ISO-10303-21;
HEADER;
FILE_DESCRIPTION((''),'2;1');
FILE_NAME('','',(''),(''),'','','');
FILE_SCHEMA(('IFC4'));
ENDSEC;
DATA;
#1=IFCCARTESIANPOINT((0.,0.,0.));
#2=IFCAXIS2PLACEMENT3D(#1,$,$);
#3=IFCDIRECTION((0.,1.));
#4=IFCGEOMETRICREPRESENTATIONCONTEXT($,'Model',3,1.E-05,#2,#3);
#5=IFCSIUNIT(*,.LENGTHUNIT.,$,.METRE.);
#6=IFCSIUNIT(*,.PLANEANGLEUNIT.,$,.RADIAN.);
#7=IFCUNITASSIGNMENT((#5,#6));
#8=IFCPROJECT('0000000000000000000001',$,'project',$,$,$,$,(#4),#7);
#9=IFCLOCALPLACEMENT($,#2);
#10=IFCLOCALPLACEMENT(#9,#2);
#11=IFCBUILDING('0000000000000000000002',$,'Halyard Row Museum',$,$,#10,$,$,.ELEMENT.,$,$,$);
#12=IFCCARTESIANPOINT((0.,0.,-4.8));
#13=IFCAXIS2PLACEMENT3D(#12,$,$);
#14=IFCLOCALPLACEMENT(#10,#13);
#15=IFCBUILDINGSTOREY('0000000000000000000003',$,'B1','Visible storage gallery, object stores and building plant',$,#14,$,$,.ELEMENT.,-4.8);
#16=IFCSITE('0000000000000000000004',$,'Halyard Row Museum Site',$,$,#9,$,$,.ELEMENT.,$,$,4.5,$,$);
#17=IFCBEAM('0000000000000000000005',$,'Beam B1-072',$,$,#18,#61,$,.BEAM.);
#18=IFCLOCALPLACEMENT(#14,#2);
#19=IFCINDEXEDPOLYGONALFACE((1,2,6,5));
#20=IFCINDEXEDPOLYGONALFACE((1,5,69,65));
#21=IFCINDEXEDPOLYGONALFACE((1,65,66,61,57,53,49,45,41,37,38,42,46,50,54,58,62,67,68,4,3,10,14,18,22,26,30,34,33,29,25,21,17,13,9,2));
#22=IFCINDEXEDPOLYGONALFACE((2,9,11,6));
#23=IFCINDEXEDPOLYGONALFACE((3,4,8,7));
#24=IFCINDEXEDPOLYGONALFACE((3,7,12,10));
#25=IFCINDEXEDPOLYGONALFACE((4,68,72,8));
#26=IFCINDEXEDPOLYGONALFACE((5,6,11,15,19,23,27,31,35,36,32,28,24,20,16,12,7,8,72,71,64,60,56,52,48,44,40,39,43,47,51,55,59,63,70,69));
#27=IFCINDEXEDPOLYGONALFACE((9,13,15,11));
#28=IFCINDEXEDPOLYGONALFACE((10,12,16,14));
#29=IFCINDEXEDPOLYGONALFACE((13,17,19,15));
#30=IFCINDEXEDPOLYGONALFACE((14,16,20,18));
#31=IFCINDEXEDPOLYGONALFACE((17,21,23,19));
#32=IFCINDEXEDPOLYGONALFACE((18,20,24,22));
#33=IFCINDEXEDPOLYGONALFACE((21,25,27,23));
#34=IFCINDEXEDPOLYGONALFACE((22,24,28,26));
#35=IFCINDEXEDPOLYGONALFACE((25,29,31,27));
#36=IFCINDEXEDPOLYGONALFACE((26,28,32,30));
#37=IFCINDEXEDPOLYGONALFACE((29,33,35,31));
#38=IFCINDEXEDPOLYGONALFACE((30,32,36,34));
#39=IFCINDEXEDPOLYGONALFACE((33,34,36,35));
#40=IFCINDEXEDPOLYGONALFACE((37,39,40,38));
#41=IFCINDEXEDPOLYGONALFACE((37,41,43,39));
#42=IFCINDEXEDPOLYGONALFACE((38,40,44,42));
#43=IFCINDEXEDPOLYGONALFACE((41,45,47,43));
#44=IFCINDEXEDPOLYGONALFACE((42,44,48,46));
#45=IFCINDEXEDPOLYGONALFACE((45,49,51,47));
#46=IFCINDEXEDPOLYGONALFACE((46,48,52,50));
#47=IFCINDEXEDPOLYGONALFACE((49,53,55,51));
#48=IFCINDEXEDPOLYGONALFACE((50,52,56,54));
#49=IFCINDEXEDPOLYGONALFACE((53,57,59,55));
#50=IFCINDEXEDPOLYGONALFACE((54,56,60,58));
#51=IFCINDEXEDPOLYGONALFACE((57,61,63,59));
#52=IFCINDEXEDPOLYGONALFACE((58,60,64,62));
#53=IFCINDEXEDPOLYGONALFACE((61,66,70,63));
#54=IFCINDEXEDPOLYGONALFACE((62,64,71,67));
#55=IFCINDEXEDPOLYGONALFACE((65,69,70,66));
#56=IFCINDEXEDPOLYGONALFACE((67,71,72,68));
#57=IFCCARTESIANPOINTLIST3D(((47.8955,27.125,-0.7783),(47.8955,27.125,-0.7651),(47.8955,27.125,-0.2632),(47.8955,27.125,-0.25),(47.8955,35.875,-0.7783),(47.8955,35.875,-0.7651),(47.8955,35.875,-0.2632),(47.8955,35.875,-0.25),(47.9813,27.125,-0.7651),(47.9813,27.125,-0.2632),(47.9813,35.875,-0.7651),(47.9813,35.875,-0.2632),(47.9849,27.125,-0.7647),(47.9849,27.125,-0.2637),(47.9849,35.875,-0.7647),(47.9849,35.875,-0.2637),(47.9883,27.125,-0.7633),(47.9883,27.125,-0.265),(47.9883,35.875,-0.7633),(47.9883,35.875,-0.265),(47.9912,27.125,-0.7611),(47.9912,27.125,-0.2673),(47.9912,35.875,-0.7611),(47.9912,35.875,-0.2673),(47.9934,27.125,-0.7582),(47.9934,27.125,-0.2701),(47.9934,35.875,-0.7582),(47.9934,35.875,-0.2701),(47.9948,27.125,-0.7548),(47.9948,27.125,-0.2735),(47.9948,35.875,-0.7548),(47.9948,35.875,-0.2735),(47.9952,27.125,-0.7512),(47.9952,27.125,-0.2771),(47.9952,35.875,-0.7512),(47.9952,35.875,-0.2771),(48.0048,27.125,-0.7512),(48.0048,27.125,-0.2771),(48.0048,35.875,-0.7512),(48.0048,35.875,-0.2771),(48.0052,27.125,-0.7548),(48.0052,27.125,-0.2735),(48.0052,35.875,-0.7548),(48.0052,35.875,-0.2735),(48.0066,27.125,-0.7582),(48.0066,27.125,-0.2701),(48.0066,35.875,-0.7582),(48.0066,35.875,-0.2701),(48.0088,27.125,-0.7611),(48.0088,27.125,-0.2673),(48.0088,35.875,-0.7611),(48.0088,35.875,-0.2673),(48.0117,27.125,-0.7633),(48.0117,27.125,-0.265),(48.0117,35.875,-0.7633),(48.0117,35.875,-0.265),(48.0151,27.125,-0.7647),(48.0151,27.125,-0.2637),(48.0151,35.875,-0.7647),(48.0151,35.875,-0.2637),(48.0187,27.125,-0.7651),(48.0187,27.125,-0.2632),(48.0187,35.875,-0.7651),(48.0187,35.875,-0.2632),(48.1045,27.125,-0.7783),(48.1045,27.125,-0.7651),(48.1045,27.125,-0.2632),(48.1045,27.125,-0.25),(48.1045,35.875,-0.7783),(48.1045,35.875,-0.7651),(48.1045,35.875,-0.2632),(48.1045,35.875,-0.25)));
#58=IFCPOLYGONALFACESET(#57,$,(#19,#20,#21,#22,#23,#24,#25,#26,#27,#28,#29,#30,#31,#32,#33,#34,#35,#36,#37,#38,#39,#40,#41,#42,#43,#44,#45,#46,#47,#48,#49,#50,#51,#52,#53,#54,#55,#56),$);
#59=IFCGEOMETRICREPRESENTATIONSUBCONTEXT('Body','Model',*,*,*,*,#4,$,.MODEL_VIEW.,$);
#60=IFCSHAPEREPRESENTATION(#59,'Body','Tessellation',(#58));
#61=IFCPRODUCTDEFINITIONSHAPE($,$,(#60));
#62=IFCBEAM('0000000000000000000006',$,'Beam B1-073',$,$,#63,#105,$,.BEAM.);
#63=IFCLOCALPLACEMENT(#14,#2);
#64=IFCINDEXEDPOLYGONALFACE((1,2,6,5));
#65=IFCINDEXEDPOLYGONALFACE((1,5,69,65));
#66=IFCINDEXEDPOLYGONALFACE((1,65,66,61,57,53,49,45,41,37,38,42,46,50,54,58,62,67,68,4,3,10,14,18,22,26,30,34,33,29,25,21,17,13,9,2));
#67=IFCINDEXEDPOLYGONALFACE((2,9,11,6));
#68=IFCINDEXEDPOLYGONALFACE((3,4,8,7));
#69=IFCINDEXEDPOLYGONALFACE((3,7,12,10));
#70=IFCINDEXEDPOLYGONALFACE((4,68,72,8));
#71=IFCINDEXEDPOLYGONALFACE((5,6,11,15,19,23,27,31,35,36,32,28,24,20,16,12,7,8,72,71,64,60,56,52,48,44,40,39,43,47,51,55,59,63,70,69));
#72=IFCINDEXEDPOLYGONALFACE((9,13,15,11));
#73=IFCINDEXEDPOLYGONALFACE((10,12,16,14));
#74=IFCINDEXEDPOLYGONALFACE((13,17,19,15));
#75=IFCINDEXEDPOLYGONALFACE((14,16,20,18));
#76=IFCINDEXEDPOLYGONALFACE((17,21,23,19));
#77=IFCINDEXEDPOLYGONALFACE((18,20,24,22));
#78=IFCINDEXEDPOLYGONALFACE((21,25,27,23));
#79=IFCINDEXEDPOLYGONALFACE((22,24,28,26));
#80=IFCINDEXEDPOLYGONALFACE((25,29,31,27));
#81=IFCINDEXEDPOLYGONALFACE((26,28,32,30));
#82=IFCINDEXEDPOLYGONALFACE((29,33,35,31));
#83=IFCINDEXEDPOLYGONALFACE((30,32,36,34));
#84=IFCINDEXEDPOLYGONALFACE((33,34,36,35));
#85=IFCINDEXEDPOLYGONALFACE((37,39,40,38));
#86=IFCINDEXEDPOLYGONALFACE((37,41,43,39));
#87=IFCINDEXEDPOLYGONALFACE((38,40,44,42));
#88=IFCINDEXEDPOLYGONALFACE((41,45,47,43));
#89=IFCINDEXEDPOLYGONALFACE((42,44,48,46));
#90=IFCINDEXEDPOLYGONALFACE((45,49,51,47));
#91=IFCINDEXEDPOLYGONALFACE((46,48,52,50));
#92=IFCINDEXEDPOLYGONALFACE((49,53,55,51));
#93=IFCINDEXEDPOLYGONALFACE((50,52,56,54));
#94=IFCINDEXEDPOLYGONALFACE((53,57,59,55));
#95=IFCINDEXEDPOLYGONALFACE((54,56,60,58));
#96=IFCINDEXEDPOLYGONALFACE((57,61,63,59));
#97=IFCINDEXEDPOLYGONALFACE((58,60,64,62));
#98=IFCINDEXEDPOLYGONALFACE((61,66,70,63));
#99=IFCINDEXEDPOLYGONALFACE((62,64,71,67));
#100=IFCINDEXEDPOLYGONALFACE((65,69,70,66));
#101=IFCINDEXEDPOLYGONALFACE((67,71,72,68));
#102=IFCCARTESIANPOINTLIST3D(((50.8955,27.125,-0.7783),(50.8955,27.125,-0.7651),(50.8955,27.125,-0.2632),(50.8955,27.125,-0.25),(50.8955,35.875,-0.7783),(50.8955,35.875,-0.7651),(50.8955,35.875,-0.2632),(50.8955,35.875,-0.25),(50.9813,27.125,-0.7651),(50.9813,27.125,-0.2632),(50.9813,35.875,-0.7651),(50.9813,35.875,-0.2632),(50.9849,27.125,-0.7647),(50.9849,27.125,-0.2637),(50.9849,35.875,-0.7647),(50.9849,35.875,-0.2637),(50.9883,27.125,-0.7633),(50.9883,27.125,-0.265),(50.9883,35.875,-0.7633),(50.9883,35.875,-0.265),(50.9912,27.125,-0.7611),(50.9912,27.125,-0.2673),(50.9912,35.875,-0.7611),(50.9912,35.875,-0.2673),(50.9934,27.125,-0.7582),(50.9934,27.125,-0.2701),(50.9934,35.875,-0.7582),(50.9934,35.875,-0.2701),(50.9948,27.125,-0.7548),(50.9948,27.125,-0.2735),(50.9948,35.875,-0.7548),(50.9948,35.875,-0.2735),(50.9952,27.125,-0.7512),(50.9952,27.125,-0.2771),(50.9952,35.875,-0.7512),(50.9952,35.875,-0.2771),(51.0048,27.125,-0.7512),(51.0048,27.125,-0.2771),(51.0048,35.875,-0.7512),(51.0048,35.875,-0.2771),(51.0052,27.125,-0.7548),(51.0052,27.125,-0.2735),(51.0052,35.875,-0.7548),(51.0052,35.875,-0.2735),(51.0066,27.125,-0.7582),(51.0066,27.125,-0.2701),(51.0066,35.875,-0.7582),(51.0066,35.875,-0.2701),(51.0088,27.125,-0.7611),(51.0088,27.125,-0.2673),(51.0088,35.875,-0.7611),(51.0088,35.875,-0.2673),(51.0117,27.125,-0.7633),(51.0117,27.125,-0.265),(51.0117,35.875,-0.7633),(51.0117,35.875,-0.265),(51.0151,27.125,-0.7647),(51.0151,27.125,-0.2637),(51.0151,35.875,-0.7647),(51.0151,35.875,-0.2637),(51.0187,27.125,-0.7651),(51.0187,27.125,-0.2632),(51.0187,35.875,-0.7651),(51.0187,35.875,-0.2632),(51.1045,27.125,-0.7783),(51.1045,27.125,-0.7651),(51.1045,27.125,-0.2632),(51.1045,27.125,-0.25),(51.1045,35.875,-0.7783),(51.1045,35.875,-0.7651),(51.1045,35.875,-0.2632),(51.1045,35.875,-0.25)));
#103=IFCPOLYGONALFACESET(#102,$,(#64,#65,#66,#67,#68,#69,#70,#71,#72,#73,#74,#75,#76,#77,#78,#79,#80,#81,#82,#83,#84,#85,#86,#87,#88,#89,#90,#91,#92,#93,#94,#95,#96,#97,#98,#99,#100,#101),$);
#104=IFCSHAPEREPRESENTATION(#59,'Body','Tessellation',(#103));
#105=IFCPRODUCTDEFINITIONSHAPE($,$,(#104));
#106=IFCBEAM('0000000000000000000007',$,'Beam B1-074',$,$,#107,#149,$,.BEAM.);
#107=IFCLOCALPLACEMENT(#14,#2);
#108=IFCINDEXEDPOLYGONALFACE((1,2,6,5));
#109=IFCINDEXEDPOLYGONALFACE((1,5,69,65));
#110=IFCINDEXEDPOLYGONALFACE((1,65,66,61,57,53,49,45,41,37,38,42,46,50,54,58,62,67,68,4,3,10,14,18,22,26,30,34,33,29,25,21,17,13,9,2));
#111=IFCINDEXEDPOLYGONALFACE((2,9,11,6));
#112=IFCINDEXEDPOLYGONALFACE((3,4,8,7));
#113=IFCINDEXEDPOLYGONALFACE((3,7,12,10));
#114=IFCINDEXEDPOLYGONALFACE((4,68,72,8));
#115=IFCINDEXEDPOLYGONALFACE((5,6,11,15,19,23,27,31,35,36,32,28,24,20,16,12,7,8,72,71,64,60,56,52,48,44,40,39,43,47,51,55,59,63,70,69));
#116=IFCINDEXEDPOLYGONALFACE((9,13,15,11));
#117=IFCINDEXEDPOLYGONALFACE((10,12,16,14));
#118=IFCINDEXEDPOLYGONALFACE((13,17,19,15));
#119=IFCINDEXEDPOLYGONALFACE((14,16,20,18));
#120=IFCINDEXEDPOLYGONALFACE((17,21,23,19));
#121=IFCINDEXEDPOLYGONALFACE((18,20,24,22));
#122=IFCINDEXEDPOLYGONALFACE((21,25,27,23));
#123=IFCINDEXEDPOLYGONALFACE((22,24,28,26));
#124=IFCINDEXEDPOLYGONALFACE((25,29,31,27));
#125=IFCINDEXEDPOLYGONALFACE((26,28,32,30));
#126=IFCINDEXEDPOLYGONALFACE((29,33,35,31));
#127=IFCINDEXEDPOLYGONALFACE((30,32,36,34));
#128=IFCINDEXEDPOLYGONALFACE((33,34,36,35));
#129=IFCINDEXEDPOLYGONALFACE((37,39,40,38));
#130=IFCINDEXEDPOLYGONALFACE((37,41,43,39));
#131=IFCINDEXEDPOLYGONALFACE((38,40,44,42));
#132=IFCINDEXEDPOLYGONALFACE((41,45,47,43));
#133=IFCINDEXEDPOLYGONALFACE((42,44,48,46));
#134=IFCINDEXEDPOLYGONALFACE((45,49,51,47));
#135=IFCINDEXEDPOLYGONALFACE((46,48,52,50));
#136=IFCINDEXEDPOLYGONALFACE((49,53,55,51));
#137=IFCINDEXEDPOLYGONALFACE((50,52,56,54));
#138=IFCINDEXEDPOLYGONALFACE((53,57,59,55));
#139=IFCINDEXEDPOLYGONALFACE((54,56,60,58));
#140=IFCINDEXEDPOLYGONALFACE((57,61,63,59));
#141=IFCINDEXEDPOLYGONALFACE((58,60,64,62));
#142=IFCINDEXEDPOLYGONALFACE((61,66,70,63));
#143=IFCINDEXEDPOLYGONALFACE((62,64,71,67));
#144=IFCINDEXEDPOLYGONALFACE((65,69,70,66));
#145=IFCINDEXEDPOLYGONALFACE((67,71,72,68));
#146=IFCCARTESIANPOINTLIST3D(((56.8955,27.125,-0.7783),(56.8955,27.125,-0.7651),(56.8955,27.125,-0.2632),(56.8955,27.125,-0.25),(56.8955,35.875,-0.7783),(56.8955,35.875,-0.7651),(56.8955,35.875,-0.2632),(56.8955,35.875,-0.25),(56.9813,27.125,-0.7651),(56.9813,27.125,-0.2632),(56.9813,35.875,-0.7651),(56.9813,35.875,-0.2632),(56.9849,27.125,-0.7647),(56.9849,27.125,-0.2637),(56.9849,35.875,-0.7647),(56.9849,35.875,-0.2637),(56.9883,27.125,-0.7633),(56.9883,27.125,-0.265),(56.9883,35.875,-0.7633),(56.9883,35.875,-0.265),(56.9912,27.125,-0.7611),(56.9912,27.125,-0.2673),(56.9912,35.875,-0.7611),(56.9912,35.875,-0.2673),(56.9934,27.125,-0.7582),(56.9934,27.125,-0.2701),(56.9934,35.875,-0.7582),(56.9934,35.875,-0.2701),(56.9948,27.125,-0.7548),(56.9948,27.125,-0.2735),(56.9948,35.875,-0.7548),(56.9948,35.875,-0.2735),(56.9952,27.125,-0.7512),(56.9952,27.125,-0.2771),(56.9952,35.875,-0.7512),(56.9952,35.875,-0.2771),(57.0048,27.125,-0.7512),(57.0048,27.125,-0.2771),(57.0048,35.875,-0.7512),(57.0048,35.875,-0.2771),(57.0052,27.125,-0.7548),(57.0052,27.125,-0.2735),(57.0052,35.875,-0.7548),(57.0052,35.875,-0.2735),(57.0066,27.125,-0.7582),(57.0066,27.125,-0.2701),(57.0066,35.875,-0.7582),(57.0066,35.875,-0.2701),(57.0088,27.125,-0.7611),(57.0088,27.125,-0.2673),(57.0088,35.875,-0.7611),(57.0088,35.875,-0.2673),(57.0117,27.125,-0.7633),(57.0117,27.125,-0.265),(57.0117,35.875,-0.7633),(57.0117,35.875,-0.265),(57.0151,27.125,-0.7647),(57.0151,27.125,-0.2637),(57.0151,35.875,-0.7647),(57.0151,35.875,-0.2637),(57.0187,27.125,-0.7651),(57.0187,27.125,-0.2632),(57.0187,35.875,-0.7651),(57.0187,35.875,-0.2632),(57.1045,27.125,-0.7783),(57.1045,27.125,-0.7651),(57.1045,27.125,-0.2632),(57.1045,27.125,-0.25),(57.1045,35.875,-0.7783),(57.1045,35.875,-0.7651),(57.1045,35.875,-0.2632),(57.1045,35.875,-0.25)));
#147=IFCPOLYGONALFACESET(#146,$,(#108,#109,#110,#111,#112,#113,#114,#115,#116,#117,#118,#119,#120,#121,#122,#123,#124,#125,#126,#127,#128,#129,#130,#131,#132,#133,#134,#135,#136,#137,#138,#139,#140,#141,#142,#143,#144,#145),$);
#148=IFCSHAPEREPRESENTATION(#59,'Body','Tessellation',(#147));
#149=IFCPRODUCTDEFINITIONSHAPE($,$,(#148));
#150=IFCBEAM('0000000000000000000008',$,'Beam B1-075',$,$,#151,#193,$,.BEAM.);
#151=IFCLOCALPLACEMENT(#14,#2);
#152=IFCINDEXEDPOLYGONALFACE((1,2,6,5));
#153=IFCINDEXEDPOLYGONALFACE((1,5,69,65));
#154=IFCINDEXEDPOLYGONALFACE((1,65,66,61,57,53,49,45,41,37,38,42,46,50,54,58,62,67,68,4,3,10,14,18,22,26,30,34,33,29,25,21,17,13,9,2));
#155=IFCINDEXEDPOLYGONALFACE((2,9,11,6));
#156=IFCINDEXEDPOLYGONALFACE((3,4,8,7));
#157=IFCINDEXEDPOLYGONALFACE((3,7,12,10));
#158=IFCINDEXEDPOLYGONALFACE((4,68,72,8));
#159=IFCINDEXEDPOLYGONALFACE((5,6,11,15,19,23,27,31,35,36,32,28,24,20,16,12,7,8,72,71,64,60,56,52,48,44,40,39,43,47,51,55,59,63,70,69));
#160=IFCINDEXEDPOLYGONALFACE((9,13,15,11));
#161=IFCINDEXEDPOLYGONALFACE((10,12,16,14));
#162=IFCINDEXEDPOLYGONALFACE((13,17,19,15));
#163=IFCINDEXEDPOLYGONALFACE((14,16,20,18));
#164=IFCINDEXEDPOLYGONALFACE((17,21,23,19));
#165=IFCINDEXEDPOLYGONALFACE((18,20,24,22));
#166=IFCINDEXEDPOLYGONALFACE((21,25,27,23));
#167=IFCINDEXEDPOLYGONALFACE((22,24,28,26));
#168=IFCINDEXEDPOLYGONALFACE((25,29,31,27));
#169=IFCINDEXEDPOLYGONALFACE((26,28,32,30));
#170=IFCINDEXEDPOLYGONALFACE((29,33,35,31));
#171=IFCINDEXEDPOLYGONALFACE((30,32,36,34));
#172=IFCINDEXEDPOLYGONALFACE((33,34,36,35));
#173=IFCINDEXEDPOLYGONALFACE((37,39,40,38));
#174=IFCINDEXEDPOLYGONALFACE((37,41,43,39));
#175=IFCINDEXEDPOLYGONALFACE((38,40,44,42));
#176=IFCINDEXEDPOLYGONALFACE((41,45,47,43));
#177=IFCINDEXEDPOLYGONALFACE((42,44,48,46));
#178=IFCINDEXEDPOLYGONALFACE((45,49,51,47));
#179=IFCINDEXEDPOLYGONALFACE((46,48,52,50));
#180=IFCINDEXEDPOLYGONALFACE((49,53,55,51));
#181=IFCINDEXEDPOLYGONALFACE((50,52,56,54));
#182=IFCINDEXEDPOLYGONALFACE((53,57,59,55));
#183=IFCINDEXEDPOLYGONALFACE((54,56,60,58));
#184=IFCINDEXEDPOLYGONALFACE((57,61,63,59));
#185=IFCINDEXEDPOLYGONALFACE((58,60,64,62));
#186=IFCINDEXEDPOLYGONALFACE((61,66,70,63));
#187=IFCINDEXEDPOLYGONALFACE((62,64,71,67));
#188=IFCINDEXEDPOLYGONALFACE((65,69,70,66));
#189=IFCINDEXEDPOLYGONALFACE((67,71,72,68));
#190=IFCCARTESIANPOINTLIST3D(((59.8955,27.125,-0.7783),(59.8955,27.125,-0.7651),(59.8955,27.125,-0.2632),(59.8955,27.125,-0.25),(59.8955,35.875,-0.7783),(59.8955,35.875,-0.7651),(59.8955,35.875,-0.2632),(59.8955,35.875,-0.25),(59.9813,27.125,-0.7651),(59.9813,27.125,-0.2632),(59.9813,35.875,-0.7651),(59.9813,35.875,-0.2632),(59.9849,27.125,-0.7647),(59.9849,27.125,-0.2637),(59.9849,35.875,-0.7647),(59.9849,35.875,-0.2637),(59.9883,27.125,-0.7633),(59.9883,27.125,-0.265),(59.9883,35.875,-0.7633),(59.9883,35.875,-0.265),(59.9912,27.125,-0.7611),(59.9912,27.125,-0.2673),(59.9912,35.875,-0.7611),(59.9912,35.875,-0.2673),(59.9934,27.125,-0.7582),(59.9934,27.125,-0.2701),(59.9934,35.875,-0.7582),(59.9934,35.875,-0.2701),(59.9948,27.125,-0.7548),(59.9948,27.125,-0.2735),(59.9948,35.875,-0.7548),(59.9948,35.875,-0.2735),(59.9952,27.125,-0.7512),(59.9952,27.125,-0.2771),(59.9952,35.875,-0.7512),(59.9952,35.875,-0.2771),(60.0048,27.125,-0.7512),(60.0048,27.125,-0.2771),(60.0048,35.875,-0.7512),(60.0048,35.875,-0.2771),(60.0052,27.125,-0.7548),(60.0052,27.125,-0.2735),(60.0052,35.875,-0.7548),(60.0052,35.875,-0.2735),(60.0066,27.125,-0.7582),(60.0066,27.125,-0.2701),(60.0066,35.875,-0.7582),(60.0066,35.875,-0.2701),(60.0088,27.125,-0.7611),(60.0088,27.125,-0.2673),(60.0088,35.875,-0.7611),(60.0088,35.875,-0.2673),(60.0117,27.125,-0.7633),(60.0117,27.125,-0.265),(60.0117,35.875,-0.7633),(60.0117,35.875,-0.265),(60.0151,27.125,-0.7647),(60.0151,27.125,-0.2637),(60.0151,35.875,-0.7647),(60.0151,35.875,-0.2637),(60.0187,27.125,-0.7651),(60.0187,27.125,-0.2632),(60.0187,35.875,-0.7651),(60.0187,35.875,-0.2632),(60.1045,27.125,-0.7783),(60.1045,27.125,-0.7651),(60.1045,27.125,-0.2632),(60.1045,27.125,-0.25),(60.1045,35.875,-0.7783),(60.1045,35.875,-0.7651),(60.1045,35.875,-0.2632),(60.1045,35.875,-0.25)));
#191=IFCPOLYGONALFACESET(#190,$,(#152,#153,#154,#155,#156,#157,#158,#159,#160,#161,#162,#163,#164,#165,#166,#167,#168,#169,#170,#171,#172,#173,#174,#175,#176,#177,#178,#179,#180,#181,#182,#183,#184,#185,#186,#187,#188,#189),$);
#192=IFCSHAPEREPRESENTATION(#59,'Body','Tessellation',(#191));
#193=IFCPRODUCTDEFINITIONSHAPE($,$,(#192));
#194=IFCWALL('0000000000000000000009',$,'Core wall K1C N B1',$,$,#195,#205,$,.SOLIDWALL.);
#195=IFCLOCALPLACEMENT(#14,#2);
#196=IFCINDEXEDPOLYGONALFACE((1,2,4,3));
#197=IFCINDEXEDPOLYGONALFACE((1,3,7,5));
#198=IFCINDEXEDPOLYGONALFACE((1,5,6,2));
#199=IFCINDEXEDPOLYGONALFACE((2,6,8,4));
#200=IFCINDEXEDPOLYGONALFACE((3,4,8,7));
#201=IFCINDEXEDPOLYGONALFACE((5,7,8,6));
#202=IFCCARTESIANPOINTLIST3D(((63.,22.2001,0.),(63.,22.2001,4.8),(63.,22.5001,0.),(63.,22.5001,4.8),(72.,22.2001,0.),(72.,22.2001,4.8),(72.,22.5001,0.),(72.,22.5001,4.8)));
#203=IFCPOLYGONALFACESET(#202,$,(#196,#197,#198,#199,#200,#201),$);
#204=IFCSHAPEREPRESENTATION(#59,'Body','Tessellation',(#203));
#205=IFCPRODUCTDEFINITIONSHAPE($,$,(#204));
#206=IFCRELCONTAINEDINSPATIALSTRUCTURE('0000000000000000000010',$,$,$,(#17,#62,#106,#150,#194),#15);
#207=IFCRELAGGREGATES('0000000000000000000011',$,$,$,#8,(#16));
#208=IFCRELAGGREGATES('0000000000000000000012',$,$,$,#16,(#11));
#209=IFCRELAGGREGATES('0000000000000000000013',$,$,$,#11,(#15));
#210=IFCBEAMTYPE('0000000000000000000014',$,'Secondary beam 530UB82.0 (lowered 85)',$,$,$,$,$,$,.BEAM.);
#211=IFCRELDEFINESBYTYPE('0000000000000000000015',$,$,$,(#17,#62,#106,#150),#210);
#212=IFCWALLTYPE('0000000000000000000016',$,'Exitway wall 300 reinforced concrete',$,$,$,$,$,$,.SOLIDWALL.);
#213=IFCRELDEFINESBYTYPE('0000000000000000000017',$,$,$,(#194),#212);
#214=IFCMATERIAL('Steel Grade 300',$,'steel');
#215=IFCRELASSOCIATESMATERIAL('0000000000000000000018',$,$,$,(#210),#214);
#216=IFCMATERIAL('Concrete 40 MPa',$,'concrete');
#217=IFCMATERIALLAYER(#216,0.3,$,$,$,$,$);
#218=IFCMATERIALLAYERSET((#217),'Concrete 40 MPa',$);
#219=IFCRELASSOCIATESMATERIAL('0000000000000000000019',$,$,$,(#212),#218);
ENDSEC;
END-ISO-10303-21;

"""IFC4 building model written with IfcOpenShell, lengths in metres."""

from ifc_helpers import new_model, si_unit, direction, frame, frame_2d, origin, origin_2d, place, context, subcontext, project, spatial, rectangle, i_section, extrude, material, layer, layer_set, material_profile, profile_set, type_object, element, save


model = new_model("IFC4")

# Units and contexts
model_context = context("Model", 3, precision=1e-05, world=origin(), true_north=direction((0.0, 1.0)))
body_context = subcontext(model_context, "Body", "Model", "MODEL_VIEW")
ifc_project = project(units=[si_unit("LENGTHUNIT", "METRE"), si_unit("PLANEANGLEUNIT", "RADIAN")], contexts=[model_context])

# Site, building, storey
site_placement = place(None, origin())
site = spatial("IfcSite", under=ifc_project, at=site_placement, Name="Halyard Row Museum Site", CompositionType="ELEMENT", RefElevation=4.5)
building_placement = place(site_placement, origin())
building = spatial("IfcBuilding", under=site, at=building_placement, Name="Halyard Row Museum", CompositionType="ELEMENT")
storey_placement = place(building_placement, frame((0.0, 0.0, -4.8)))
storey = spatial("IfcBuildingStorey", under=building, at=storey_placement, Name="B1", Description="Visible storage gallery, object stores and building plant", CompositionType="ELEMENT", Elevation=-4.8)

# Beams
ifc_material_1 = material(Name="Steel Grade 300", Category="steel")
ifc_material_profile_1 = material_profile(ifc_material_1, i_section(OverallWidth=0.209, OverallDepth=0.5283, WebThickness=0.0095, FlangeThickness=0.0132, FilletRadius=0.0139, at=origin_2d()), Name="530UB82.0")
ifc_profile_set_1 = profile_set([ifc_material_profile_1], Name="Steel Grade 300")
beam_type_1 = type_object("IfcBeamType", Name="Secondary beam 530UB82.0 (lowered 85)", PredefinedType="BEAM", material=ifc_profile_set_1)
for number, where, z_axis, x_axis, name in (
    (1, (48.0, 27.125, -0.5142), (0.0, 1.0, 0.0), (-1.0, 0.0, 0.0), "Beam B1-072"),
    (2, (51.0, 27.125, -0.5142), (0.0, 1.0, 0.0), (-1.0, 0.0, 0.0), "Beam B1-073"),
    (3, (57.0, 27.125, -0.5142), (0.0, 1.0, 0.0), (-1.0, 0.0, 0.0), "Beam B1-074"),
    (4, (60.0, 27.125, -0.5142), (0.0, 1.0, 0.0), (-1.0, 0.0, 0.0), "Beam B1-075"),
):
    element("IfcBeam", number, at=place(storey_placement, frame(where, z_axis=z_axis, x_axis=x_axis)), inside=storey, type_object=beam_type_1, Name=name, PredefinedType="BEAM", context=body_context, shape_type="SweptSolid", body=[
        extrude(i_section(OverallWidth=0.209, OverallDepth=0.5283, WebThickness=0.0095, FlangeThickness=0.0132, FilletRadius=0.0139, at=origin_2d()), origin(), (0.0, 0.0, 1.0), 8.75),
    ])

# Wall
ifc_material_2 = material(Name="Concrete 40 MPa", Category="concrete")
ifc_layer_1 = layer(ifc_material_2, 0.3)
ifc_layer_set_1 = layer_set([ifc_layer_1], Name="Concrete 40 MPa")
wall_type_1 = type_object("IfcWallType", Name="Exitway wall 300 reinforced concrete", PredefinedType="SOLIDWALL", material=ifc_layer_set_1)
wall_1_placement = place(storey_placement, frame((63.0, 22.3501, 0.0), z_axis=(0.0, 0.0, 1.0), x_axis=(1.0, 0.0, 0.0)))
element("IfcWall", 5, at=wall_1_placement, inside=storey, type_object=wall_type_1, Name="Core wall K1C N B1", PredefinedType="SOLIDWALL", context=body_context, shape_type="SweptSolid", body=[
    extrude(rectangle(XDim=9.0, YDim=0.3, at=frame_2d((4.5, 0.0))), origin(), (0.0, 0.0, 1.0), 4.8),
])

save(model, "model.ifc")
